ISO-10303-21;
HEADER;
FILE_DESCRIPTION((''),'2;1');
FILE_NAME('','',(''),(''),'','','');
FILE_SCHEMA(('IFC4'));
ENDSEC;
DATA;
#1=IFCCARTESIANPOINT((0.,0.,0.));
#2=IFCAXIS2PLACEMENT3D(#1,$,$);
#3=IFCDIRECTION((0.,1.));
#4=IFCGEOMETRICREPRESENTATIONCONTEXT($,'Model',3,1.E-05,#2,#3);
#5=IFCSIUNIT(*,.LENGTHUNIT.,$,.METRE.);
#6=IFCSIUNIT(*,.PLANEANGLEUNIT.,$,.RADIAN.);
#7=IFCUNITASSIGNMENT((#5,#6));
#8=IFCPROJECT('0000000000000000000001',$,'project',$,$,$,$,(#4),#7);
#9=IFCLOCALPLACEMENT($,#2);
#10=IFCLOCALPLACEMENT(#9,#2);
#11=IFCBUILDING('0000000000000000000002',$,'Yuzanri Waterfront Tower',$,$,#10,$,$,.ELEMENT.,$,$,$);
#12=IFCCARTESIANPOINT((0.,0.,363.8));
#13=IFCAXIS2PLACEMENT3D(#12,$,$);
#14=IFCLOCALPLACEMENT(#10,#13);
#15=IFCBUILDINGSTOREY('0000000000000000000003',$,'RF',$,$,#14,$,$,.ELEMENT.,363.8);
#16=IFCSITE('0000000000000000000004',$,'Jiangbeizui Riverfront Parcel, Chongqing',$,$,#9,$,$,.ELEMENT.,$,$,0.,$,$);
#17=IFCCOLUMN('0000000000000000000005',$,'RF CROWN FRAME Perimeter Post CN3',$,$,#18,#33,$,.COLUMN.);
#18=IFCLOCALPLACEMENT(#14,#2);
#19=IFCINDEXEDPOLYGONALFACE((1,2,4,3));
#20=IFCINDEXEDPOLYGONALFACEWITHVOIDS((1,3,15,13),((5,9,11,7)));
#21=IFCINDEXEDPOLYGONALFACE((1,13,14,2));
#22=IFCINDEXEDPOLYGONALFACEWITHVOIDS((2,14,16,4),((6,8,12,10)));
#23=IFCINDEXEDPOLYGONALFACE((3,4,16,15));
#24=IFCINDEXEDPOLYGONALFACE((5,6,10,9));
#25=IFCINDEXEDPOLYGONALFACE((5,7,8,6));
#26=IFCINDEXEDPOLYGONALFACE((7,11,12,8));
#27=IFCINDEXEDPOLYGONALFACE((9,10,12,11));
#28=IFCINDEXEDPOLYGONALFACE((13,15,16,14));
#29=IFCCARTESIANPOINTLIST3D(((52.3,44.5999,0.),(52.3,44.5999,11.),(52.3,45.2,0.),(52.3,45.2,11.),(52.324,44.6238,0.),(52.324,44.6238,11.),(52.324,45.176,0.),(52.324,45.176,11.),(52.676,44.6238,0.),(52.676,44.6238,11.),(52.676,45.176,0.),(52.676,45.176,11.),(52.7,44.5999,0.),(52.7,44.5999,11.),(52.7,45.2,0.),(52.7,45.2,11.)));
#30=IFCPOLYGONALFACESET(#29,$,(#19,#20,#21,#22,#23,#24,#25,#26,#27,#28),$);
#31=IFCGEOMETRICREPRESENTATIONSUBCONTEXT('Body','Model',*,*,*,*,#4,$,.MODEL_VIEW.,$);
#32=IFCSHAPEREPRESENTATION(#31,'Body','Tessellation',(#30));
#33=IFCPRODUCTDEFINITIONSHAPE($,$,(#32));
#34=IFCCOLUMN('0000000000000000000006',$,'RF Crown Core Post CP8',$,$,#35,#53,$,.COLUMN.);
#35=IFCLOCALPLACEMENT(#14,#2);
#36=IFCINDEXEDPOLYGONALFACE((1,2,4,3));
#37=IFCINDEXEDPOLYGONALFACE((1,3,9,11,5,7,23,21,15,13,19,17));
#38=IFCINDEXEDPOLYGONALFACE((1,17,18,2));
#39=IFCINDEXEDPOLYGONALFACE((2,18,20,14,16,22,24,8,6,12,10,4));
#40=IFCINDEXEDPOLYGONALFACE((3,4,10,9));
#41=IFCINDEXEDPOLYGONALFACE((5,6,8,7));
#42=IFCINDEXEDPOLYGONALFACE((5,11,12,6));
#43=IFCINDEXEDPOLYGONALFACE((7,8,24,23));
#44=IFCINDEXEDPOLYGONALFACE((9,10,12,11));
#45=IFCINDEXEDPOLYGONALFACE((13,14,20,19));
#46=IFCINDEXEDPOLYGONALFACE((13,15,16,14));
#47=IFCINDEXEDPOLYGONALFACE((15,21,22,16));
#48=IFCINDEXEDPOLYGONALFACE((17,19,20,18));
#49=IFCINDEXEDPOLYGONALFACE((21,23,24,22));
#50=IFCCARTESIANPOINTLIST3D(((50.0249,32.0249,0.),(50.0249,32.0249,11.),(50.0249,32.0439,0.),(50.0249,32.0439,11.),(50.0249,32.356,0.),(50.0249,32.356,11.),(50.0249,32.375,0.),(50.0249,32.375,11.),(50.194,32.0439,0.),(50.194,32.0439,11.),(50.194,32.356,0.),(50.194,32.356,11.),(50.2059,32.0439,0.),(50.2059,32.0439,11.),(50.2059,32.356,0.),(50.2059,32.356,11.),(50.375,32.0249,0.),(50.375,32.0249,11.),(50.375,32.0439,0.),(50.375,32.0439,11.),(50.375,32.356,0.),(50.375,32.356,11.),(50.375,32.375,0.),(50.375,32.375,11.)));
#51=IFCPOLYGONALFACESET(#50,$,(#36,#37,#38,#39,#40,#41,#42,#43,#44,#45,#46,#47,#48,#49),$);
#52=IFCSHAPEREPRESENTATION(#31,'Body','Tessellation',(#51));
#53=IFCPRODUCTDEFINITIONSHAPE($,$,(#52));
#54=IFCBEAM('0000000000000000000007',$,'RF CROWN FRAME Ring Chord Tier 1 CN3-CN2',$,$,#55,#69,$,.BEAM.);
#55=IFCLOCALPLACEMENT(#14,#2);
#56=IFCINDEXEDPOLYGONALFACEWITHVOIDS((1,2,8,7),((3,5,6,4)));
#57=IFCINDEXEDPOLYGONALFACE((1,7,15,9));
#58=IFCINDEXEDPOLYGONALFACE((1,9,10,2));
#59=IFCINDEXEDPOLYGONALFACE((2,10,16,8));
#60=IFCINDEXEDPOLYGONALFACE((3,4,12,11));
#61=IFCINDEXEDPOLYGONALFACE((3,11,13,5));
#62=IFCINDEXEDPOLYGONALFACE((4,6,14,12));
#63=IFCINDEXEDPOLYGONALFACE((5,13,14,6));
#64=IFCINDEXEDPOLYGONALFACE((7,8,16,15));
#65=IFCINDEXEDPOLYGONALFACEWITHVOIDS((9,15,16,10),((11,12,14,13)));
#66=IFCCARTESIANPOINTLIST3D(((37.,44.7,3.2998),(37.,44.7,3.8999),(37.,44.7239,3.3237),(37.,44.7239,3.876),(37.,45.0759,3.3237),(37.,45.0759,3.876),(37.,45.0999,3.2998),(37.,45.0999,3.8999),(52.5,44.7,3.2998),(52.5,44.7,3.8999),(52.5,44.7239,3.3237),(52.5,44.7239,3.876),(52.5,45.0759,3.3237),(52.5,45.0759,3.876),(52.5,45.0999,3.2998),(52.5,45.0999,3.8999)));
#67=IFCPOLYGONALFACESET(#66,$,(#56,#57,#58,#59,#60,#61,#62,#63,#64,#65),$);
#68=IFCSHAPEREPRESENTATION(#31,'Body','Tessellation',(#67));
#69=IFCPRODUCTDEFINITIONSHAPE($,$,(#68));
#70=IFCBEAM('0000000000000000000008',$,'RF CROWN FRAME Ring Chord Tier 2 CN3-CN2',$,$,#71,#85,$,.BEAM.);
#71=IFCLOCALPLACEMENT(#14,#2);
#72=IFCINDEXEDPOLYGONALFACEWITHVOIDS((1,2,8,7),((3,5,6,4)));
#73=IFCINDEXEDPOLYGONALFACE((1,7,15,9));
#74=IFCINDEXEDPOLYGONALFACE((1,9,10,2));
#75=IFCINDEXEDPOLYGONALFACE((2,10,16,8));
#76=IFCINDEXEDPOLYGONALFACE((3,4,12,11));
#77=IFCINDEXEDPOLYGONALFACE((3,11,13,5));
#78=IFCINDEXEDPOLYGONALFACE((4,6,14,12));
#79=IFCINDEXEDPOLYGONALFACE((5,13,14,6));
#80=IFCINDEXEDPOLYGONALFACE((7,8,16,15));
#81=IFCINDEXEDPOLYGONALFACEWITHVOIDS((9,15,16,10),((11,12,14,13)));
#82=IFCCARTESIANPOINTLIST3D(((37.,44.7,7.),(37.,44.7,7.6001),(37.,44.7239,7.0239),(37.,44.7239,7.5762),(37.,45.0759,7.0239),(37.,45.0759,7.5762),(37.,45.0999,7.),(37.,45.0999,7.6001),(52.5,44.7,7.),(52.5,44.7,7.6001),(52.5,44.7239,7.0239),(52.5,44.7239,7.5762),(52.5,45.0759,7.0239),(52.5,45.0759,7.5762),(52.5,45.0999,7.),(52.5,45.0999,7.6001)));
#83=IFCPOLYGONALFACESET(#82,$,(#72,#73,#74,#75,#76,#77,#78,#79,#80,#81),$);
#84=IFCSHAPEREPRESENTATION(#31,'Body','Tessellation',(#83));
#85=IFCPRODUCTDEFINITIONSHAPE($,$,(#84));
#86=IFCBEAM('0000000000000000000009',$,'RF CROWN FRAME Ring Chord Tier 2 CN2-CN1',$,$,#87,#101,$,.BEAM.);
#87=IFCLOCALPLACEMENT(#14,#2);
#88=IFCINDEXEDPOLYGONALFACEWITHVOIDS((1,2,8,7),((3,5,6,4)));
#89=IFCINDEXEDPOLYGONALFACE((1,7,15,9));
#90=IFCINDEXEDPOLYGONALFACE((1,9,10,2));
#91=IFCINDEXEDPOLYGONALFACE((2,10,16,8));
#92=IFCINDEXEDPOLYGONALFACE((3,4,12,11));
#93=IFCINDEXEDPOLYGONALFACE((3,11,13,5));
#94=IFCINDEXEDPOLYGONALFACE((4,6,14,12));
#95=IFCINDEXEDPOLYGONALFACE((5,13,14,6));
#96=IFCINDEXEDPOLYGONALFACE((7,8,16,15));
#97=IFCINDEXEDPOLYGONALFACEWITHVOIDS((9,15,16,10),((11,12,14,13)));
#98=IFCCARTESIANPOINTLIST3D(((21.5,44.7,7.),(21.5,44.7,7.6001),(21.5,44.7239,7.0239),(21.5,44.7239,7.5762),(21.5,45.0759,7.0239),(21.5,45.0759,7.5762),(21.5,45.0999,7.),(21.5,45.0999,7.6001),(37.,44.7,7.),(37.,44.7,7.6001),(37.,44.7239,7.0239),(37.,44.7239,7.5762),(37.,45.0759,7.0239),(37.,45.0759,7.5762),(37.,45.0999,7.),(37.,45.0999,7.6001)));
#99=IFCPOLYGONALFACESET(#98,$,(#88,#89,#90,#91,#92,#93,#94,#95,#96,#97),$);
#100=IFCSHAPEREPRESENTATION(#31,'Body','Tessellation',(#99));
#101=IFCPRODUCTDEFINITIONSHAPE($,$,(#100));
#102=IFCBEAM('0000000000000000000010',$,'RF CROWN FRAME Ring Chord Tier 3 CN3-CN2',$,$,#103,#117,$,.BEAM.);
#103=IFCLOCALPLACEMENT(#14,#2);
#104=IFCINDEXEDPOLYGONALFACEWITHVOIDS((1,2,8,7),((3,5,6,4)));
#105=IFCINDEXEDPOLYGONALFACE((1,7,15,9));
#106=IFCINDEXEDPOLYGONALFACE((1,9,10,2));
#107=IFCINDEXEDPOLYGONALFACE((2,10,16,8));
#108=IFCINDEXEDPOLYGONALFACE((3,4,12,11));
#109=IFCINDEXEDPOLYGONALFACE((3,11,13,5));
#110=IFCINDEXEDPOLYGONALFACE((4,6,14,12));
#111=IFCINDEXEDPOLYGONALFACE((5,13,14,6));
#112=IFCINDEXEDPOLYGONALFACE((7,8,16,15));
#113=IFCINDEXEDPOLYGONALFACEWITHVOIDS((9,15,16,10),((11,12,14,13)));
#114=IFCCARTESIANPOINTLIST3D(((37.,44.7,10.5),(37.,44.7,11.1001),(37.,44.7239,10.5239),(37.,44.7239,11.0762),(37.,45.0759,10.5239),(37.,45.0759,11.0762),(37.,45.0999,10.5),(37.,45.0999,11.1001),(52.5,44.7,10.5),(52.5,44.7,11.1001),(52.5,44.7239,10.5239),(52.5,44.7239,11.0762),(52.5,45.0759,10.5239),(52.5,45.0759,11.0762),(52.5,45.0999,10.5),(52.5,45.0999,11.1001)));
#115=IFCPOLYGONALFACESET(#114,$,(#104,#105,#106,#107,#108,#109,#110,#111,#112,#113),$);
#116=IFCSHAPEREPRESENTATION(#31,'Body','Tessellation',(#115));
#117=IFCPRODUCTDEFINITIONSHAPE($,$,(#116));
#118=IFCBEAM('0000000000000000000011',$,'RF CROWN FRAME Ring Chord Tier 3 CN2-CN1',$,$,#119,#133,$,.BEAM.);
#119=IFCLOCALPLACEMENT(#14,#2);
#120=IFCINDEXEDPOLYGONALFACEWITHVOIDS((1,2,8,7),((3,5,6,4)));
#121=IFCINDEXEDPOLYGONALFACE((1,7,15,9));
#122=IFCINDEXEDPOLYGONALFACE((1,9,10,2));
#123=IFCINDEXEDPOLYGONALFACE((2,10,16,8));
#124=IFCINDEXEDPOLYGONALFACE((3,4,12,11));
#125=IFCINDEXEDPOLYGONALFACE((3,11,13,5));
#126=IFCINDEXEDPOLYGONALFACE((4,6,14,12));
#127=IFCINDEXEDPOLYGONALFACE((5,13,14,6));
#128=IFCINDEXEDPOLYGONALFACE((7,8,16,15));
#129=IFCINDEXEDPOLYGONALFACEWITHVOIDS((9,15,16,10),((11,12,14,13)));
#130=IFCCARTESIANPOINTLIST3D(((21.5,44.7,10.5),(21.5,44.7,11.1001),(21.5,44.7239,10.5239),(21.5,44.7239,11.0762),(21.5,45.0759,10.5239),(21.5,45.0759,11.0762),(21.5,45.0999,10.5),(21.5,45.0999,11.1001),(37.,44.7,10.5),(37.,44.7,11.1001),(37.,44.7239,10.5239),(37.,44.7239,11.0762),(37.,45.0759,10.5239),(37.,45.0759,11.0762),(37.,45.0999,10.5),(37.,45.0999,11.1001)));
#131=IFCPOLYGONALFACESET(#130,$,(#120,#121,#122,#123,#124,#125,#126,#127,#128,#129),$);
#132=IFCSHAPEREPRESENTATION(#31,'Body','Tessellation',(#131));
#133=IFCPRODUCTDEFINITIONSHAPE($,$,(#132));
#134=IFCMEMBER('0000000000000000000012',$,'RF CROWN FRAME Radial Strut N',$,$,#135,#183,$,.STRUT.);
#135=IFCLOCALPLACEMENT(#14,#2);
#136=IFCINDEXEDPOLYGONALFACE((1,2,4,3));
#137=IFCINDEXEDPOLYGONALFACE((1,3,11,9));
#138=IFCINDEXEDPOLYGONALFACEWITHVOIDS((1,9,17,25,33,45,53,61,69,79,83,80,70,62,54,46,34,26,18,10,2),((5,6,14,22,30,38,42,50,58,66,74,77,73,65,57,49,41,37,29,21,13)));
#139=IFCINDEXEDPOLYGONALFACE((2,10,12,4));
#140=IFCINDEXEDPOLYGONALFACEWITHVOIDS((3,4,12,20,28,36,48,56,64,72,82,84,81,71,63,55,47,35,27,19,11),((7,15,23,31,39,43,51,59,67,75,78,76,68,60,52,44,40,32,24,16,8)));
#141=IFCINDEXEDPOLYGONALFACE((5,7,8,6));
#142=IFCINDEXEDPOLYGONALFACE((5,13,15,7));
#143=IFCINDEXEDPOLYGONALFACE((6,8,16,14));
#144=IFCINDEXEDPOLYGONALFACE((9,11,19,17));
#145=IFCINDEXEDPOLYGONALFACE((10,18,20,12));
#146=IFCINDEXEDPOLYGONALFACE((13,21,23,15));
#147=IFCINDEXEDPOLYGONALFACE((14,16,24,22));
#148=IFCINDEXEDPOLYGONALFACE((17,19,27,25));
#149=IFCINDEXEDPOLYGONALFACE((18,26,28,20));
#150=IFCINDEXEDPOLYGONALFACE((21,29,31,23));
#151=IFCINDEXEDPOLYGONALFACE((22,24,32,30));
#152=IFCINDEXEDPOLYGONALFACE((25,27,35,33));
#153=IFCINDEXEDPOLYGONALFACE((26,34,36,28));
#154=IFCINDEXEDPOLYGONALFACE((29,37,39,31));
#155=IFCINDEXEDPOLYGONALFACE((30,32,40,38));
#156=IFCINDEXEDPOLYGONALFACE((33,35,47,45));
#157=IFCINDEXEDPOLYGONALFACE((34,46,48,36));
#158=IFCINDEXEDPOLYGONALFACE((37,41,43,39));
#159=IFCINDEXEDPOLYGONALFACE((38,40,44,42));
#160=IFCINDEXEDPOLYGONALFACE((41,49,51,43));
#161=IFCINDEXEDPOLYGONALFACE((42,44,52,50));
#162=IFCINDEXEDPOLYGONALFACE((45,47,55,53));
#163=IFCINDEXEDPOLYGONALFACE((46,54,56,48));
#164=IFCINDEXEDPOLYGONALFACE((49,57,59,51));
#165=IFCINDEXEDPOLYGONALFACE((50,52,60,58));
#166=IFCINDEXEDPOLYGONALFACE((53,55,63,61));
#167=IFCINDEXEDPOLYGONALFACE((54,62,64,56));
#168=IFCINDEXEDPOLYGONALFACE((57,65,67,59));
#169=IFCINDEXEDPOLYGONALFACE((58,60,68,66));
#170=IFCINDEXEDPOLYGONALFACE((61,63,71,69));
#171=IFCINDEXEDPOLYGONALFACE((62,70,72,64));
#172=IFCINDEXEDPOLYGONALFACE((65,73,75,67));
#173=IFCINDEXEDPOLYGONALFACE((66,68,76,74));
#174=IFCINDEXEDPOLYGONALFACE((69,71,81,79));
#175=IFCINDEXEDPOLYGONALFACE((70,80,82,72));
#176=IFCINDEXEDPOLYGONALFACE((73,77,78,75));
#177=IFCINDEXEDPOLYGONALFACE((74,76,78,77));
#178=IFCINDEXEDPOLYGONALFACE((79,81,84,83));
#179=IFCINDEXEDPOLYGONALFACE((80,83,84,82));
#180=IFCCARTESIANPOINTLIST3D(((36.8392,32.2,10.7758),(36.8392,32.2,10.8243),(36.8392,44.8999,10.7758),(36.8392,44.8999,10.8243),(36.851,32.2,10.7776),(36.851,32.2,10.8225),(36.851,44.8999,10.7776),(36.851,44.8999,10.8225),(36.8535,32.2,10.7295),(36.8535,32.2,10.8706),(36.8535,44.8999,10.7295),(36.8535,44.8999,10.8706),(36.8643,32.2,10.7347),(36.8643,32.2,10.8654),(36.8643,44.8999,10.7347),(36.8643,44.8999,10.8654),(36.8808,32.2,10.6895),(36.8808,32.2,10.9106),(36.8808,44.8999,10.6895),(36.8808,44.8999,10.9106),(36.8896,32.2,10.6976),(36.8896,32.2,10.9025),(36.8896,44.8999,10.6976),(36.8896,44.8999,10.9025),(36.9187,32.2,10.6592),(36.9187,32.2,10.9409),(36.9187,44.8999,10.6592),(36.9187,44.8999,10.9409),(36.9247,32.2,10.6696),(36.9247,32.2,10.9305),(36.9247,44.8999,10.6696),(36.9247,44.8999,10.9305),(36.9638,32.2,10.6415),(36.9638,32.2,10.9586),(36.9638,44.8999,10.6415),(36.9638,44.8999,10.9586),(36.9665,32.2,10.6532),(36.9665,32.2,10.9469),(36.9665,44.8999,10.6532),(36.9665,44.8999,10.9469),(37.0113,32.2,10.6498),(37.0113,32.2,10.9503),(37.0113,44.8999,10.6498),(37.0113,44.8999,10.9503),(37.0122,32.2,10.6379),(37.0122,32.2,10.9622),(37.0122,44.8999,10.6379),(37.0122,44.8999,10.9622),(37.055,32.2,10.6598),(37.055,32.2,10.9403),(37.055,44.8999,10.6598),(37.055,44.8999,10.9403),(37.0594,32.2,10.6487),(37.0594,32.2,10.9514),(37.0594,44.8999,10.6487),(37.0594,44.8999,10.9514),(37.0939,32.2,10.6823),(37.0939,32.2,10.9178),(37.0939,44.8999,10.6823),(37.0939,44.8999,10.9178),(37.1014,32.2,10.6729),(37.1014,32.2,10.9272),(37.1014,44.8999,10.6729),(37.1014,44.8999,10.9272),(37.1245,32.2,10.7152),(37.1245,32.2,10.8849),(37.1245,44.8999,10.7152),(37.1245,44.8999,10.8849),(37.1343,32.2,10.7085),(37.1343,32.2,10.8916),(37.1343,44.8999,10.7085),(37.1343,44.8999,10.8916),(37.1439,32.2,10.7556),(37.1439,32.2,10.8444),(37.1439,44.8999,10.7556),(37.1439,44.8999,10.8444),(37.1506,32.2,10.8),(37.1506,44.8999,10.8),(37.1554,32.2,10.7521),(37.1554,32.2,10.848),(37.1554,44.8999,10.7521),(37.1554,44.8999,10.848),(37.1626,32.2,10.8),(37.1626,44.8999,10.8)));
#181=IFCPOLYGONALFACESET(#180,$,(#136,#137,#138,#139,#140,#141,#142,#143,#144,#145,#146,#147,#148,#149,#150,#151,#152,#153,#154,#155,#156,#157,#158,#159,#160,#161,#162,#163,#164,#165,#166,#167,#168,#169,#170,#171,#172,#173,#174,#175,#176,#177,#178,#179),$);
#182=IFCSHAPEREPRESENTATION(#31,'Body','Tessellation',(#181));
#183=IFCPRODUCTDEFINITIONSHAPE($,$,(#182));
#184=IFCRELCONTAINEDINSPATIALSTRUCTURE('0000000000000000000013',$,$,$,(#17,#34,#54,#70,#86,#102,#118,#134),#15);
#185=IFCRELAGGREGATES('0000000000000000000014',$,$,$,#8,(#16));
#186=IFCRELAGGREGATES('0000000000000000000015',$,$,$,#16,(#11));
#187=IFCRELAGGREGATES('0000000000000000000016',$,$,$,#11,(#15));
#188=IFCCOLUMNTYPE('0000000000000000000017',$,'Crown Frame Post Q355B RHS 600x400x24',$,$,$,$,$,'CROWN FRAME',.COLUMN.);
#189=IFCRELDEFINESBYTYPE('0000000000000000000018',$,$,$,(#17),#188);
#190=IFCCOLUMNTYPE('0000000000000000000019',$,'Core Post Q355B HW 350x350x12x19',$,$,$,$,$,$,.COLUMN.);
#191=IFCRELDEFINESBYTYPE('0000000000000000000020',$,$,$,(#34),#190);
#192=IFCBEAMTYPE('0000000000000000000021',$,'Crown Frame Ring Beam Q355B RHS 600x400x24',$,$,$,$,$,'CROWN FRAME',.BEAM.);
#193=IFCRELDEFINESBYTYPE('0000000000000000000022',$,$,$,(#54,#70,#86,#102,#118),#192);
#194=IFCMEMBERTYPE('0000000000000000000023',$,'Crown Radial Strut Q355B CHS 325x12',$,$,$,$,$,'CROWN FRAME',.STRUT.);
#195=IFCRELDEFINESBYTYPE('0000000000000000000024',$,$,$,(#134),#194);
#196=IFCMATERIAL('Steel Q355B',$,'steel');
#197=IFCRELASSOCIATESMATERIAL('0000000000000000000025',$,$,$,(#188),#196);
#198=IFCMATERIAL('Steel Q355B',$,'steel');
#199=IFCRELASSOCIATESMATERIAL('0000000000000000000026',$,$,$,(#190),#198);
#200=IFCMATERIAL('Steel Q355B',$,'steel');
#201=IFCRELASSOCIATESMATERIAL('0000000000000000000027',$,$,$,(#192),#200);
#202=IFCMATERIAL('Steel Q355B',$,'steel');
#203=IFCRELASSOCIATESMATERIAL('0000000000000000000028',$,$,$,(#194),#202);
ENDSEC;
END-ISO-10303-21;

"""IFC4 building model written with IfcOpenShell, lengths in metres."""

from ifc_helpers import new_model, si_unit, direction, frame, origin, origin_2d, place, context, subcontext, project, spatial, hollow_rectangle, hollow_circle, i_section, extrude, source, transform, mapped, material, material_profile, profile_set, type_object, element, save


model = new_model("IFC4")

# Units and contexts
model_context = context("Model", 3, precision=1e-05, world=origin(), true_north=direction((0.0, 1.0)))
body_context = subcontext(model_context, "Body", "Model", "MODEL_VIEW")
ifc_project = project(units=[si_unit("LENGTHUNIT", "METRE"), si_unit("PLANEANGLEUNIT", "RADIAN")], contexts=[model_context])

# Site, building, storey
site_placement = place(None, origin())
site = spatial("IfcSite", under=ifc_project, at=site_placement, Name="Jiangbeizui Riverfront Parcel, Chongqing", CompositionType="ELEMENT", RefElevation=0.0)
building_placement = place(site_placement, origin())
building = spatial("IfcBuilding", under=site, at=building_placement, Name="Yuzanri Waterfront Tower", CompositionType="ELEMENT")
storey_placement = place(building_placement, frame((0.0, 0.0, 363.8)))
storey = spatial("IfcBuildingStorey", under=building, at=storey_placement, Name="RF", CompositionType="ELEMENT", Elevation=363.8)

# Columns
ifc_material_1 = material(Name="Steel Q355B", Category="steel")
ifc_material_profile_1 = material_profile(ifc_material_1, hollow_rectangle(XDim=0.3999, YDim=0.6001, WallThickness=0.0239, at=origin_2d()), Name="RHS 600x400x24")
ifc_profile_set_1 = profile_set([ifc_material_profile_1], Name="Steel Q355B")
column_type_1 = type_object("IfcColumnType", Name="Crown Frame Post Q355B RHS 600x400x24", ElementType="CROWN FRAME", PredefinedType="COLUMN", material=ifc_profile_set_1)
shared_shape_1 = source(origin(), body_context, "Body", "SweptSolid", [
    extrude(hollow_rectangle(XDim=0.3999, YDim=0.6001, WallThickness=0.0239, at=origin_2d()), origin(), (0.0, 0.0, 1.0), 11.0),
])
column_1_placement = place(storey_placement, frame((52.5, 44.8999, 0.0), z_axis=(0.0, 0.0, 1.0), x_axis=(1.0, 0.0, 0.0)))
element("IfcColumn", 1, at=column_1_placement, inside=storey, type_object=column_type_1, Name="RF CROWN FRAME Perimeter Post CN3", PredefinedType="COLUMN", context=body_context, shape_type="MappedRepresentation", body=[
    mapped(shared_shape_1, transform((0.0, 0.0, 0.0), scale=1.0)),
])
ifc_material_2 = material(Name="Steel Q355B", Category="steel")
ifc_material_profile_2 = material_profile(ifc_material_2, i_section(OverallWidth=0.3501, OverallDepth=0.3501, WebThickness=0.012, FlangeThickness=0.019, at=origin_2d()), Name="HW 350x350x12x19")
ifc_profile_set_2 = profile_set([ifc_material_profile_2], Name="Steel Q355B")
column_type_2 = type_object("IfcColumnType", Name="Core Post Q355B HW 350x350x12x19", PredefinedType="COLUMN", material=ifc_profile_set_2)
shared_shape_2 = source(origin(), body_context, "Body", "SweptSolid", [
    extrude(i_section(OverallWidth=0.3501, OverallDepth=0.3501, WebThickness=0.012, FlangeThickness=0.019, at=origin_2d()), origin(), (0.0, 0.0, 1.0), 11.0),
])
column_2_placement = place(storey_placement, frame((50.2, 32.2, 0.0), z_axis=(0.0, 0.0, 1.0), x_axis=(1.0, 0.0, 0.0)))
element("IfcColumn", 2, at=column_2_placement, inside=storey, type_object=column_type_2, Name="RF Crown Core Post CP8", PredefinedType="COLUMN", context=body_context, shape_type="MappedRepresentation", body=[
    mapped(shared_shape_2, transform((0.0, 0.0, 0.0), scale=1.0)),
])

# Beams
ifc_material_3 = material(Name="Steel Q355B", Category="steel")
ifc_material_profile_3 = material_profile(ifc_material_3, hollow_rectangle(XDim=0.3999, YDim=0.6001, WallThickness=0.0239, at=origin_2d()), Name="RHS 600x400x24")
ifc_profile_set_3 = profile_set([ifc_material_profile_3], Name="Steel Q355B")
beam_type = type_object("IfcBeamType", Name="Crown Frame Ring Beam Q355B RHS 600x400x24", ElementType="CROWN FRAME", PredefinedType="BEAM", material=ifc_profile_set_3)
shared_shape_3 = source(origin(), body_context, "Body", "SweptSolid", [
    extrude(hollow_rectangle(XDim=0.3999, YDim=0.6001, WallThickness=0.0239, at=origin_2d()), origin(), (0.0, 0.0, 1.0), 15.5),
])
for number, where, z_axis, x_axis, name in (
    (3, (52.5, 44.8999, 3.5999), (-1.0, 0.0, 0.0), (0.0, -1.0, 0.0), "RF CROWN FRAME Ring Chord Tier 1 CN3-CN2"),
    (4, (52.5, 44.8999, 7.3), (-1.0, 0.0, 0.0), (0.0, -1.0, 0.0), "RF CROWN FRAME Ring Chord Tier 2 CN3-CN2"),
    (5, (37.0, 44.8999, 7.3), (-1.0, 0.0, 0.0), (0.0, -1.0, 0.0), "RF CROWN FRAME Ring Chord Tier 2 CN2-CN1"),
    (6, (52.5, 44.8999, 10.8), (-1.0, 0.0, 0.0), (0.0, -1.0, 0.0), "RF CROWN FRAME Ring Chord Tier 3 CN3-CN2"),
    (7, (37.0, 44.8999, 10.8), (-1.0, 0.0, 0.0), (0.0, -1.0, 0.0), "RF CROWN FRAME Ring Chord Tier 3 CN2-CN1"),
):
    element("IfcBeam", number, at=place(storey_placement, frame(where, z_axis=z_axis, x_axis=x_axis)), inside=storey, type_object=beam_type, Name=name, PredefinedType="BEAM", context=body_context, shape_type="MappedRepresentation", body=[
        mapped(shared_shape_3, transform((0.0, 0.0, 0.0), scale=1.0)),
    ])

# Member
ifc_material_4 = material(Name="Steel Q355B", Category="steel")
ifc_material_profile_4 = material_profile(ifc_material_4, hollow_circle(Radius=0.1626, WallThickness=0.012, at=origin_2d()), Name="CHS 325x12")
ifc_profile_set_4 = profile_set([ifc_material_profile_4], Name="Steel Q355B")
member_type_1 = type_object("IfcMemberType", Name="Crown Radial Strut Q355B CHS 325x12", ElementType="CROWN FRAME", PredefinedType="STRUT", material=ifc_profile_set_4)
shared_shape_4 = source(origin(), body_context, "Body", "SweptSolid", [
    extrude(hollow_circle(Radius=0.1626, WallThickness=0.012, at=origin_2d()), origin(), (0.0, 0.0, 1.0), 12.7),
])
member_1_placement = place(storey_placement, frame((37.0, 44.8999, 10.8), z_axis=(0.0, -1.0, 0.0), x_axis=(1.0, 0.0, 0.0)))
element("IfcMember", 8, at=member_1_placement, inside=storey, type_object=member_type_1, Name="RF CROWN FRAME Radial Strut N", PredefinedType="STRUT", context=body_context, shape_type="MappedRepresentation", body=[
    mapped(shared_shape_4, transform((0.0, 0.0, 0.0), scale=1.0)),
])

save(model, "model.ifc")
